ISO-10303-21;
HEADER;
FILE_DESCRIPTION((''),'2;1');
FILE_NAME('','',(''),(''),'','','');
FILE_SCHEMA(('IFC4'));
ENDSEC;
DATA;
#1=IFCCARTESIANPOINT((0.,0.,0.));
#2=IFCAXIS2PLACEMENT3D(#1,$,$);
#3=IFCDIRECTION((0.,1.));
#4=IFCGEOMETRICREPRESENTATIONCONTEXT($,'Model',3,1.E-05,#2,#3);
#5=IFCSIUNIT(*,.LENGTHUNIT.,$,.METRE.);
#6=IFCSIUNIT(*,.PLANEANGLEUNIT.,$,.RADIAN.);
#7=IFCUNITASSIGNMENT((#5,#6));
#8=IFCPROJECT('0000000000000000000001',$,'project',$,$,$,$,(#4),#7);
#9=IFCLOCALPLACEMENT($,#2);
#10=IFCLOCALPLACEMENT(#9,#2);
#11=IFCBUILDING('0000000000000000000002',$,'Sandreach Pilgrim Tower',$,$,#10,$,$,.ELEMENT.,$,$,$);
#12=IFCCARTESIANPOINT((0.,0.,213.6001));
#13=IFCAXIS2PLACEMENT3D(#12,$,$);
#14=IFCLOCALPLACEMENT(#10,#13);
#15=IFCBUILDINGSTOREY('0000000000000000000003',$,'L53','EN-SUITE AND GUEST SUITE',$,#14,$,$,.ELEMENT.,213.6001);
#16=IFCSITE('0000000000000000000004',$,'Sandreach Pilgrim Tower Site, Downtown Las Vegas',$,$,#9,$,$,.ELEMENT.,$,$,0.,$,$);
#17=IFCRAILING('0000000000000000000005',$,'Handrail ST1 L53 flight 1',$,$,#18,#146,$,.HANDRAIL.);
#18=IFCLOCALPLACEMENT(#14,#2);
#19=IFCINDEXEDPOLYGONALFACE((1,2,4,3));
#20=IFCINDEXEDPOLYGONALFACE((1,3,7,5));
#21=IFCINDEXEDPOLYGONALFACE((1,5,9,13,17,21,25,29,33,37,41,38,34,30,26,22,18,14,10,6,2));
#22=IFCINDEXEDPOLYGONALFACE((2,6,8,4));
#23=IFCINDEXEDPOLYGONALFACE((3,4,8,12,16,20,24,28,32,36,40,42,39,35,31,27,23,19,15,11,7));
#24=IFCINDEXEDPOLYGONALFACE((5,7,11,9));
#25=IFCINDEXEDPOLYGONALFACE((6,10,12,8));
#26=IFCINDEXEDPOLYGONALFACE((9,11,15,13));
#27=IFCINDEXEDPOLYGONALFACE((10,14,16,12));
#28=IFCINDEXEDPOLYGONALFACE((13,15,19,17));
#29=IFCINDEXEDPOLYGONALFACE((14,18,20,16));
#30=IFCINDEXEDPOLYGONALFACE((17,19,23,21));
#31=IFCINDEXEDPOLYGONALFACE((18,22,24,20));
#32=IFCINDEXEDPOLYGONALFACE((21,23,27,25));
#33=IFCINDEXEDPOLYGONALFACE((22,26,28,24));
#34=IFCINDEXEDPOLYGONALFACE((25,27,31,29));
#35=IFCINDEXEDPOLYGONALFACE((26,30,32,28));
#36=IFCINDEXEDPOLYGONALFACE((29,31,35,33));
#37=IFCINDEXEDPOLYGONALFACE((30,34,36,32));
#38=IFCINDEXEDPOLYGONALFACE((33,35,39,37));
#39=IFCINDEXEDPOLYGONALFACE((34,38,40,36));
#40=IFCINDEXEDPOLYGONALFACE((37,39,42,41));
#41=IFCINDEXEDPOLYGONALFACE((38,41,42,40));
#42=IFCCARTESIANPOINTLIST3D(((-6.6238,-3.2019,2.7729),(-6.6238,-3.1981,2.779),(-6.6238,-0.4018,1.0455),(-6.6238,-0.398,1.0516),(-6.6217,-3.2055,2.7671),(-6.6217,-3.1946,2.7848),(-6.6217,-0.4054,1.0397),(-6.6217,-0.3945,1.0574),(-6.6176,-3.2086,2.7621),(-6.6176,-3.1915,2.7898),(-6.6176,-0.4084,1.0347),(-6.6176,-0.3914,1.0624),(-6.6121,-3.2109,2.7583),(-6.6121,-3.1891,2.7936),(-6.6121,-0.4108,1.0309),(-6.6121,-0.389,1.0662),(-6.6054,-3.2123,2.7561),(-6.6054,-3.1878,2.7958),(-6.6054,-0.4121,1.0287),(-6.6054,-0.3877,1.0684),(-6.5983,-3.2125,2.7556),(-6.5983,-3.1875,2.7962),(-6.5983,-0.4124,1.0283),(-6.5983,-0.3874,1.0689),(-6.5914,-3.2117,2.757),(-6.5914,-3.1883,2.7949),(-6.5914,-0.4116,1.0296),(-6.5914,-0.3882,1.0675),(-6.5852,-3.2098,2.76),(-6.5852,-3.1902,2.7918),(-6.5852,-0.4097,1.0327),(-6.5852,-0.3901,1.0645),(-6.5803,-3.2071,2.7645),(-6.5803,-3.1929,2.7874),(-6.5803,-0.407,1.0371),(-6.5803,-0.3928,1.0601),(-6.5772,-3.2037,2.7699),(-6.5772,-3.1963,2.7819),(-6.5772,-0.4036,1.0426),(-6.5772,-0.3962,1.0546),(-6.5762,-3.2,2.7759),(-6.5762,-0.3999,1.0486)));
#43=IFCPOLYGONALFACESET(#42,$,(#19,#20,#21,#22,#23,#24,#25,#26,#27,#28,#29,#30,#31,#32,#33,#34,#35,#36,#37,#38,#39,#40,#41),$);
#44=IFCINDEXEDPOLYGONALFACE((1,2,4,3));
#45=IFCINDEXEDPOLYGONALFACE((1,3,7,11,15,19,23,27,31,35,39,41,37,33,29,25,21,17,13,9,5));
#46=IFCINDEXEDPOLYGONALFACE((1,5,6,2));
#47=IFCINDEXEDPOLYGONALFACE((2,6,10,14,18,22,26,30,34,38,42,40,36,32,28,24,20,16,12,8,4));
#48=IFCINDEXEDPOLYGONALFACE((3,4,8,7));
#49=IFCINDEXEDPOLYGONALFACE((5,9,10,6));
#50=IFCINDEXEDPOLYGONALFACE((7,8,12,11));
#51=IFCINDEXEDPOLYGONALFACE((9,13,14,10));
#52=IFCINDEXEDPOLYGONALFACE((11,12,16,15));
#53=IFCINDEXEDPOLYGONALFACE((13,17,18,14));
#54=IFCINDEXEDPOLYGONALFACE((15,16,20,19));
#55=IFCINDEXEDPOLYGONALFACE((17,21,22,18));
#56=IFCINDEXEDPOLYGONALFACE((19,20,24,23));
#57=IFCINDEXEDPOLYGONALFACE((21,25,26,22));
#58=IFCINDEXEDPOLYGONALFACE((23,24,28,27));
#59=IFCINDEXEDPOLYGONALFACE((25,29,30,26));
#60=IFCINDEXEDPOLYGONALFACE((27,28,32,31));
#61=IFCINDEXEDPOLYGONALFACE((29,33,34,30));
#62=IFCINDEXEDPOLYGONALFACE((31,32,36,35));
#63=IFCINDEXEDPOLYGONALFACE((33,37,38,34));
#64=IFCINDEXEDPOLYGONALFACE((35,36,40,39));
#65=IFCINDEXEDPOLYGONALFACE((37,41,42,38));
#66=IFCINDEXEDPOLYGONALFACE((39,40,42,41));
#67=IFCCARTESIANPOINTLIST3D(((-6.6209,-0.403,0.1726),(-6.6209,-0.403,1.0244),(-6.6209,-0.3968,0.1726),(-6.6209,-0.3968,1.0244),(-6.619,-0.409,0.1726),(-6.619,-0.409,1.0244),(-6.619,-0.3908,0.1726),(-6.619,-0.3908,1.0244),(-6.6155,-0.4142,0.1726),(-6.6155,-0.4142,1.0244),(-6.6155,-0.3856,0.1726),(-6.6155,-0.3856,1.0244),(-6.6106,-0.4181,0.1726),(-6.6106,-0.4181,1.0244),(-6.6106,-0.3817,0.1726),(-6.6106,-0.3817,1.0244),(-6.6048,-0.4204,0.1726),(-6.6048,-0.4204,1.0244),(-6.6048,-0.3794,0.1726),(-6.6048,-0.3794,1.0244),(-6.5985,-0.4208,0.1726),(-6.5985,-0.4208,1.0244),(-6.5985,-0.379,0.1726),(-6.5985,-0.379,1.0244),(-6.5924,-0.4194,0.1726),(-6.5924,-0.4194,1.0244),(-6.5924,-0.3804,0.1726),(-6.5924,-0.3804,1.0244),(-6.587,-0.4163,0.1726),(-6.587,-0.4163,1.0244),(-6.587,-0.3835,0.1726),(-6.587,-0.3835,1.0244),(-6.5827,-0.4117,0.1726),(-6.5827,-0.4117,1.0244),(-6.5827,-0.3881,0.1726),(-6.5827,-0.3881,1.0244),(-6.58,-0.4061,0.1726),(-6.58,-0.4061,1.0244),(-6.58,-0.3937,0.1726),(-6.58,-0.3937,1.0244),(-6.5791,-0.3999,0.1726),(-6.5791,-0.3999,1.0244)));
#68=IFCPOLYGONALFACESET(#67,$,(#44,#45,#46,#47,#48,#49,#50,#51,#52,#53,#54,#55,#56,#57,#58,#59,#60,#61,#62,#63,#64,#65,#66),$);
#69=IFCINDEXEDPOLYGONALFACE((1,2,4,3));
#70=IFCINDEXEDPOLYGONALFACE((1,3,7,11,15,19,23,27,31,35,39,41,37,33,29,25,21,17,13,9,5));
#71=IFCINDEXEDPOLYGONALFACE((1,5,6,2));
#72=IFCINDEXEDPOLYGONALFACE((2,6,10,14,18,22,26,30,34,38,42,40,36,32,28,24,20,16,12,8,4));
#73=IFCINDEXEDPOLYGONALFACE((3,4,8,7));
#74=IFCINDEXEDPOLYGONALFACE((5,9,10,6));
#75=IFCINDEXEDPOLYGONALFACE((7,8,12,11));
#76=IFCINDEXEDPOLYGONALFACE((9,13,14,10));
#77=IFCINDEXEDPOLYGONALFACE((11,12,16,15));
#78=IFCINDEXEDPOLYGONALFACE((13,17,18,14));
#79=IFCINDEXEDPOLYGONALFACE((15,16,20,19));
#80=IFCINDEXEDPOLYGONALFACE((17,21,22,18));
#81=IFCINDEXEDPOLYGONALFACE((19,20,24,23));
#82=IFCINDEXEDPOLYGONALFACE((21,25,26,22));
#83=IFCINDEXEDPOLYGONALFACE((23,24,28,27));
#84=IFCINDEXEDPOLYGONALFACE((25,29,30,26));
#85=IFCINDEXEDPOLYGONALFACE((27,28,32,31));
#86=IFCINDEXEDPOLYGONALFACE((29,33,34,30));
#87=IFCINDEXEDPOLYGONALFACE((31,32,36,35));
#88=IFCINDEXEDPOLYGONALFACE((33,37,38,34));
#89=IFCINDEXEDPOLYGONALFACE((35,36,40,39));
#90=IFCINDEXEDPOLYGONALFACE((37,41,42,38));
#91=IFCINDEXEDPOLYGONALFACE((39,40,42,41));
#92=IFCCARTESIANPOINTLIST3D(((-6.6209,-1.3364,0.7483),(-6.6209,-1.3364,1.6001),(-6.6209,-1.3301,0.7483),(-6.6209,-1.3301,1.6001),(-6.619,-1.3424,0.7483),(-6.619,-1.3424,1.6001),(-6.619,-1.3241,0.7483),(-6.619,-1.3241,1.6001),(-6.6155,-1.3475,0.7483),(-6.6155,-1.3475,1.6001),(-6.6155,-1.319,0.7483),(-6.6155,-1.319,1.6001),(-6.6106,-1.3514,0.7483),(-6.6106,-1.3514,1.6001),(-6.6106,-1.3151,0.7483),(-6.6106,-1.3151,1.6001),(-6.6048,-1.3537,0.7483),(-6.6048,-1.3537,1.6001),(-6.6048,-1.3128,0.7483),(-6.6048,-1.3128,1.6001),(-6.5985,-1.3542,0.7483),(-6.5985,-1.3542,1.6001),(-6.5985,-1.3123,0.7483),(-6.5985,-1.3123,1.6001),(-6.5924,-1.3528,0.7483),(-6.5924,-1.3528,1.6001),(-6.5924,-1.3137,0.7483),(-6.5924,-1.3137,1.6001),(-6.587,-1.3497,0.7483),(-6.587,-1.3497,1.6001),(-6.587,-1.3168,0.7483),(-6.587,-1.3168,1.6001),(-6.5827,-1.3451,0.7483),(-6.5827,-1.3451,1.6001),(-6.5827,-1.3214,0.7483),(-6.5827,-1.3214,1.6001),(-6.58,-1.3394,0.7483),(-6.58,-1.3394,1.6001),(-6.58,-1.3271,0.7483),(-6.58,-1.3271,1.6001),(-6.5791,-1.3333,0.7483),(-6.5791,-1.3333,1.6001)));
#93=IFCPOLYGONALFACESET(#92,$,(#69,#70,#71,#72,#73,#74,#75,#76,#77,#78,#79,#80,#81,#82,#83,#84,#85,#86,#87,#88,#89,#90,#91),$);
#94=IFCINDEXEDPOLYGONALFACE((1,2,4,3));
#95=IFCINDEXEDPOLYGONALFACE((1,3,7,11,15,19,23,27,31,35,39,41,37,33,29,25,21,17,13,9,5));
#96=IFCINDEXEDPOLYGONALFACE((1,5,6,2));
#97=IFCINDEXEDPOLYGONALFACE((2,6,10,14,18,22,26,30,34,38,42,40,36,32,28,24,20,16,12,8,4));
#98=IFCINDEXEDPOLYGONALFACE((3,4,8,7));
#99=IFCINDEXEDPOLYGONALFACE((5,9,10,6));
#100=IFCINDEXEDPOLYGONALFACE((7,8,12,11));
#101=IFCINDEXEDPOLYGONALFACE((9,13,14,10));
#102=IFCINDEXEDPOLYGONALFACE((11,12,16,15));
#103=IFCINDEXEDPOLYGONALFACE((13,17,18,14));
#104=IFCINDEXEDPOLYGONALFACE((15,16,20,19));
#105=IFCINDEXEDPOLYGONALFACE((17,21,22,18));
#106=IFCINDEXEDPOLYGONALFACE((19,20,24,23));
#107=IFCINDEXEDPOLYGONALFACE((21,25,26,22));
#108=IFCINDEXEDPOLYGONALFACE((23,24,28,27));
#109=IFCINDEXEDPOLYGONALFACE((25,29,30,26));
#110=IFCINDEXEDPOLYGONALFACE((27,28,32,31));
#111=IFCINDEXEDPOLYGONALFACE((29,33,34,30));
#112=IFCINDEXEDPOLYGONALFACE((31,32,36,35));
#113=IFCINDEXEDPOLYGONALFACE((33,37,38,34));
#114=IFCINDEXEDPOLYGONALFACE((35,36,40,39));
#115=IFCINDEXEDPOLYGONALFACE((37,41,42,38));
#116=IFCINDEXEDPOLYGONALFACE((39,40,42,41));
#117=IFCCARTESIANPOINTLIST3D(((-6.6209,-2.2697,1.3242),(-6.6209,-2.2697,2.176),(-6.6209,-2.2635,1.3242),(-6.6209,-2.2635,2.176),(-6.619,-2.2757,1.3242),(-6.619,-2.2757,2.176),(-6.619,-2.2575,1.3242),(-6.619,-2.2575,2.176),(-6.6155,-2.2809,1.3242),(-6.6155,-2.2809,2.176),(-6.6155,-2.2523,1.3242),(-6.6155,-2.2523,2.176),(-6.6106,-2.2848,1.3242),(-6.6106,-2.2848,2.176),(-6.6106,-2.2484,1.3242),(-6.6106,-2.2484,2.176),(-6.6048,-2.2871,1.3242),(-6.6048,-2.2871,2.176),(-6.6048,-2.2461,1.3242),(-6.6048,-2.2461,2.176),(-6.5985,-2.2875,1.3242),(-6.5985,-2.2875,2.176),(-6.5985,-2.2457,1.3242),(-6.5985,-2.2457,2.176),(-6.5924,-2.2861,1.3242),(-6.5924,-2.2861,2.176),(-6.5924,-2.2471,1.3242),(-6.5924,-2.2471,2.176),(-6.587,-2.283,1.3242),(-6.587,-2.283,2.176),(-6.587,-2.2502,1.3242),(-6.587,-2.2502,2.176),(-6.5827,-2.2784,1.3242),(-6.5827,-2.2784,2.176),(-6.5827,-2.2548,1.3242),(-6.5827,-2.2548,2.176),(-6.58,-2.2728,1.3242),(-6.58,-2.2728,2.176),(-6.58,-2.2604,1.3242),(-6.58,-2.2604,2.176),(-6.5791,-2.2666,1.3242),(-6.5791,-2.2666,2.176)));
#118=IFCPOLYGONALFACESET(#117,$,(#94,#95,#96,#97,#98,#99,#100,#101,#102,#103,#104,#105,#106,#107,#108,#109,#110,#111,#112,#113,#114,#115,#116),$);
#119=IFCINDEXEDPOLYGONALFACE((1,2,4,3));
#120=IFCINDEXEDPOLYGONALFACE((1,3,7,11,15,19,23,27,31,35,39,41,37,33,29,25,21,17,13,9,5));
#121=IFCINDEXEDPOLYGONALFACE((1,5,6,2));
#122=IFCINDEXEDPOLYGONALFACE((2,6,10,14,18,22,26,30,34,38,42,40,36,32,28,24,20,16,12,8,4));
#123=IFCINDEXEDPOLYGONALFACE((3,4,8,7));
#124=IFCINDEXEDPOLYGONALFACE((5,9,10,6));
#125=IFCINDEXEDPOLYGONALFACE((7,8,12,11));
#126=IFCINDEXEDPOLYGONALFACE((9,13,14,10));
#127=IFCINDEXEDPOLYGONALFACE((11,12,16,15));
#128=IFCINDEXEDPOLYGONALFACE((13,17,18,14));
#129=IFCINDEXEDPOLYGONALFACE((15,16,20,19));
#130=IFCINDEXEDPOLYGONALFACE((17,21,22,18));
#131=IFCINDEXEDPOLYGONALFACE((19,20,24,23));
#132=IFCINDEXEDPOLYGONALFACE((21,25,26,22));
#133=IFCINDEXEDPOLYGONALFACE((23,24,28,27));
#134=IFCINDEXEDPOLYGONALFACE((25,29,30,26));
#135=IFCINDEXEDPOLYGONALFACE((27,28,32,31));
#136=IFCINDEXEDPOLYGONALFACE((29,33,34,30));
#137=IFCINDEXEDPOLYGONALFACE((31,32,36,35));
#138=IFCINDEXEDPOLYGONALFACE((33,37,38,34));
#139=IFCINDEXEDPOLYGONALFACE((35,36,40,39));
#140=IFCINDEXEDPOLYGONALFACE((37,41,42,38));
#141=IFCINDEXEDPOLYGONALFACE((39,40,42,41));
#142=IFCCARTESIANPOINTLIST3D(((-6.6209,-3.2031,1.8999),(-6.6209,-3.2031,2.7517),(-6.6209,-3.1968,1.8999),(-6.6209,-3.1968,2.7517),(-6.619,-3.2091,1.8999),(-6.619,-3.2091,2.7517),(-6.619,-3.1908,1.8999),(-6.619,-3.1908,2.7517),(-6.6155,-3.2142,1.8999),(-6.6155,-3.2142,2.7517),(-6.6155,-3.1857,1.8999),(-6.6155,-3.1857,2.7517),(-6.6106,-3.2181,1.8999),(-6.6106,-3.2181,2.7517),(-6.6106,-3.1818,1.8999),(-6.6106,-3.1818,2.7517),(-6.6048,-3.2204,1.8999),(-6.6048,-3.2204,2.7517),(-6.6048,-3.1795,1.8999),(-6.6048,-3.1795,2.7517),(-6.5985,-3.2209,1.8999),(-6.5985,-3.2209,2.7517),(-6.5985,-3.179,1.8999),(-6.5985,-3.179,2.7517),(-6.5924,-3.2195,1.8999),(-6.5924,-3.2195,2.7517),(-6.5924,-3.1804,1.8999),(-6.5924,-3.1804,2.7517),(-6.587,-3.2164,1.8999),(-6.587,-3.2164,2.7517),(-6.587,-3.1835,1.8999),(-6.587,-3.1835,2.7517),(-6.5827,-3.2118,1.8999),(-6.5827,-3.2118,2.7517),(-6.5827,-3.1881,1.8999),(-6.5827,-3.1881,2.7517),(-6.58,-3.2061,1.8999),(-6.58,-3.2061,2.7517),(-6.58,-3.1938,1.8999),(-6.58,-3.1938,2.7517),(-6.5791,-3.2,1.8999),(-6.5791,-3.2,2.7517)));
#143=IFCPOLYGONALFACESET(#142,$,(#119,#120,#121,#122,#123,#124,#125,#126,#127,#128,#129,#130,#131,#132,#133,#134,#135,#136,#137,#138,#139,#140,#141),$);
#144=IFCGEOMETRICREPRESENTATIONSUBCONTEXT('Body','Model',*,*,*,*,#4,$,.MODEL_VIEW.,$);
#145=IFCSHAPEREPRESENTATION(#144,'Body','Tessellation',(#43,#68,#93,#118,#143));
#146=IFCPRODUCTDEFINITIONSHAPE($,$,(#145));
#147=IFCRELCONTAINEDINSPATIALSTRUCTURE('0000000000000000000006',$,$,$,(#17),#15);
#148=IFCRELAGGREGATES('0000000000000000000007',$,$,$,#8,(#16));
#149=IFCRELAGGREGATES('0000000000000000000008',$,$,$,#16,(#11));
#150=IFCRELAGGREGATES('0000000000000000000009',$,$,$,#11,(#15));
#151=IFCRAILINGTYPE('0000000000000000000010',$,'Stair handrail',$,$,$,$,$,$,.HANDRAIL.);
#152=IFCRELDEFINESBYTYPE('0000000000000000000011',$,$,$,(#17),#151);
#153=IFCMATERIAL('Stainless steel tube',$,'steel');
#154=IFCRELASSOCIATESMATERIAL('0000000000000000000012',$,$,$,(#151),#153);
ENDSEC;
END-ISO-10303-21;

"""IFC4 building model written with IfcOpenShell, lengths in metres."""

from ifc_helpers import new_model, si_unit, direction, frame, origin, origin_2d, place, context, subcontext, project, spatial, circle, extrude, material, type_object, element, save


model = new_model("IFC4")

# Units and contexts
model_context = context("Model", 3, precision=1e-05, world=origin(), true_north=direction((0.0, 1.0)))
body_context = subcontext(model_context, "Body", "Model", "MODEL_VIEW")
ifc_project = project(units=[si_unit("LENGTHUNIT", "METRE"), si_unit("PLANEANGLEUNIT", "RADIAN")], contexts=[model_context])

# Site, building, storey
site_placement = place(None, origin())
site = spatial("IfcSite", under=ifc_project, at=site_placement, Name="Sandreach Pilgrim Tower Site, Downtown Las Vegas", CompositionType="ELEMENT", RefElevation=0.0)
building_placement = place(site_placement, origin())
building = spatial("IfcBuilding", under=site, at=building_placement, Name="Sandreach Pilgrim Tower", CompositionType="ELEMENT")
storey_placement = place(building_placement, frame((0.0, 0.0, 213.6001)))
storey = spatial("IfcBuildingStorey", under=building, at=storey_placement, Name="L53", Description="EN-SUITE AND GUEST SUITE", CompositionType="ELEMENT", Elevation=213.6001)

# Railing
ifc_material_1 = material(Name="Stainless steel tube", Category="steel")
railing_type = type_object("IfcRailingType", Name="Stair handrail", PredefinedType="HANDRAIL", material=ifc_material_1)
for number, where, name in (
    (1, (-6.6001, -0.3999, 0.1726), "Handrail ST1 L53 flight 1"),
):
    element("IfcRailing", number, at=place(storey_placement, frame(where)), inside=storey, type_object=railing_type, Name=name, PredefinedType="HANDRAIL", context=body_context, shape_type="SweptSolid", body=[
        extrude(circle(Radius=0.0239, at=origin_2d()), frame((0.0, 0.0, 0.876), z_axis=(0.0, -0.85109, 0.52502), x_axis=(1.0, 0.0, 0.0)), (0.0, 0.0, 1.0), 3.29),
        extrude(circle(Radius=0.021, at=origin_2d()), origin(), (0.0, 0.0, 1.0), 0.8518),
        extrude(circle(Radius=0.021, at=origin_2d()), frame((0.0, -0.9333, 0.5757)), (0.0, 0.0, 1.0), 0.8518),
        extrude(circle(Radius=0.021, at=origin_2d()), frame((0.0, -1.8667, 1.1516)), (0.0, 0.0, 1.0), 0.8518),
        extrude(circle(Radius=0.021, at=origin_2d()), frame((0.0, -2.8, 1.7273)), (0.0, 0.0, 1.0), 0.8518),
    ])

save(model, "model.ifc")
